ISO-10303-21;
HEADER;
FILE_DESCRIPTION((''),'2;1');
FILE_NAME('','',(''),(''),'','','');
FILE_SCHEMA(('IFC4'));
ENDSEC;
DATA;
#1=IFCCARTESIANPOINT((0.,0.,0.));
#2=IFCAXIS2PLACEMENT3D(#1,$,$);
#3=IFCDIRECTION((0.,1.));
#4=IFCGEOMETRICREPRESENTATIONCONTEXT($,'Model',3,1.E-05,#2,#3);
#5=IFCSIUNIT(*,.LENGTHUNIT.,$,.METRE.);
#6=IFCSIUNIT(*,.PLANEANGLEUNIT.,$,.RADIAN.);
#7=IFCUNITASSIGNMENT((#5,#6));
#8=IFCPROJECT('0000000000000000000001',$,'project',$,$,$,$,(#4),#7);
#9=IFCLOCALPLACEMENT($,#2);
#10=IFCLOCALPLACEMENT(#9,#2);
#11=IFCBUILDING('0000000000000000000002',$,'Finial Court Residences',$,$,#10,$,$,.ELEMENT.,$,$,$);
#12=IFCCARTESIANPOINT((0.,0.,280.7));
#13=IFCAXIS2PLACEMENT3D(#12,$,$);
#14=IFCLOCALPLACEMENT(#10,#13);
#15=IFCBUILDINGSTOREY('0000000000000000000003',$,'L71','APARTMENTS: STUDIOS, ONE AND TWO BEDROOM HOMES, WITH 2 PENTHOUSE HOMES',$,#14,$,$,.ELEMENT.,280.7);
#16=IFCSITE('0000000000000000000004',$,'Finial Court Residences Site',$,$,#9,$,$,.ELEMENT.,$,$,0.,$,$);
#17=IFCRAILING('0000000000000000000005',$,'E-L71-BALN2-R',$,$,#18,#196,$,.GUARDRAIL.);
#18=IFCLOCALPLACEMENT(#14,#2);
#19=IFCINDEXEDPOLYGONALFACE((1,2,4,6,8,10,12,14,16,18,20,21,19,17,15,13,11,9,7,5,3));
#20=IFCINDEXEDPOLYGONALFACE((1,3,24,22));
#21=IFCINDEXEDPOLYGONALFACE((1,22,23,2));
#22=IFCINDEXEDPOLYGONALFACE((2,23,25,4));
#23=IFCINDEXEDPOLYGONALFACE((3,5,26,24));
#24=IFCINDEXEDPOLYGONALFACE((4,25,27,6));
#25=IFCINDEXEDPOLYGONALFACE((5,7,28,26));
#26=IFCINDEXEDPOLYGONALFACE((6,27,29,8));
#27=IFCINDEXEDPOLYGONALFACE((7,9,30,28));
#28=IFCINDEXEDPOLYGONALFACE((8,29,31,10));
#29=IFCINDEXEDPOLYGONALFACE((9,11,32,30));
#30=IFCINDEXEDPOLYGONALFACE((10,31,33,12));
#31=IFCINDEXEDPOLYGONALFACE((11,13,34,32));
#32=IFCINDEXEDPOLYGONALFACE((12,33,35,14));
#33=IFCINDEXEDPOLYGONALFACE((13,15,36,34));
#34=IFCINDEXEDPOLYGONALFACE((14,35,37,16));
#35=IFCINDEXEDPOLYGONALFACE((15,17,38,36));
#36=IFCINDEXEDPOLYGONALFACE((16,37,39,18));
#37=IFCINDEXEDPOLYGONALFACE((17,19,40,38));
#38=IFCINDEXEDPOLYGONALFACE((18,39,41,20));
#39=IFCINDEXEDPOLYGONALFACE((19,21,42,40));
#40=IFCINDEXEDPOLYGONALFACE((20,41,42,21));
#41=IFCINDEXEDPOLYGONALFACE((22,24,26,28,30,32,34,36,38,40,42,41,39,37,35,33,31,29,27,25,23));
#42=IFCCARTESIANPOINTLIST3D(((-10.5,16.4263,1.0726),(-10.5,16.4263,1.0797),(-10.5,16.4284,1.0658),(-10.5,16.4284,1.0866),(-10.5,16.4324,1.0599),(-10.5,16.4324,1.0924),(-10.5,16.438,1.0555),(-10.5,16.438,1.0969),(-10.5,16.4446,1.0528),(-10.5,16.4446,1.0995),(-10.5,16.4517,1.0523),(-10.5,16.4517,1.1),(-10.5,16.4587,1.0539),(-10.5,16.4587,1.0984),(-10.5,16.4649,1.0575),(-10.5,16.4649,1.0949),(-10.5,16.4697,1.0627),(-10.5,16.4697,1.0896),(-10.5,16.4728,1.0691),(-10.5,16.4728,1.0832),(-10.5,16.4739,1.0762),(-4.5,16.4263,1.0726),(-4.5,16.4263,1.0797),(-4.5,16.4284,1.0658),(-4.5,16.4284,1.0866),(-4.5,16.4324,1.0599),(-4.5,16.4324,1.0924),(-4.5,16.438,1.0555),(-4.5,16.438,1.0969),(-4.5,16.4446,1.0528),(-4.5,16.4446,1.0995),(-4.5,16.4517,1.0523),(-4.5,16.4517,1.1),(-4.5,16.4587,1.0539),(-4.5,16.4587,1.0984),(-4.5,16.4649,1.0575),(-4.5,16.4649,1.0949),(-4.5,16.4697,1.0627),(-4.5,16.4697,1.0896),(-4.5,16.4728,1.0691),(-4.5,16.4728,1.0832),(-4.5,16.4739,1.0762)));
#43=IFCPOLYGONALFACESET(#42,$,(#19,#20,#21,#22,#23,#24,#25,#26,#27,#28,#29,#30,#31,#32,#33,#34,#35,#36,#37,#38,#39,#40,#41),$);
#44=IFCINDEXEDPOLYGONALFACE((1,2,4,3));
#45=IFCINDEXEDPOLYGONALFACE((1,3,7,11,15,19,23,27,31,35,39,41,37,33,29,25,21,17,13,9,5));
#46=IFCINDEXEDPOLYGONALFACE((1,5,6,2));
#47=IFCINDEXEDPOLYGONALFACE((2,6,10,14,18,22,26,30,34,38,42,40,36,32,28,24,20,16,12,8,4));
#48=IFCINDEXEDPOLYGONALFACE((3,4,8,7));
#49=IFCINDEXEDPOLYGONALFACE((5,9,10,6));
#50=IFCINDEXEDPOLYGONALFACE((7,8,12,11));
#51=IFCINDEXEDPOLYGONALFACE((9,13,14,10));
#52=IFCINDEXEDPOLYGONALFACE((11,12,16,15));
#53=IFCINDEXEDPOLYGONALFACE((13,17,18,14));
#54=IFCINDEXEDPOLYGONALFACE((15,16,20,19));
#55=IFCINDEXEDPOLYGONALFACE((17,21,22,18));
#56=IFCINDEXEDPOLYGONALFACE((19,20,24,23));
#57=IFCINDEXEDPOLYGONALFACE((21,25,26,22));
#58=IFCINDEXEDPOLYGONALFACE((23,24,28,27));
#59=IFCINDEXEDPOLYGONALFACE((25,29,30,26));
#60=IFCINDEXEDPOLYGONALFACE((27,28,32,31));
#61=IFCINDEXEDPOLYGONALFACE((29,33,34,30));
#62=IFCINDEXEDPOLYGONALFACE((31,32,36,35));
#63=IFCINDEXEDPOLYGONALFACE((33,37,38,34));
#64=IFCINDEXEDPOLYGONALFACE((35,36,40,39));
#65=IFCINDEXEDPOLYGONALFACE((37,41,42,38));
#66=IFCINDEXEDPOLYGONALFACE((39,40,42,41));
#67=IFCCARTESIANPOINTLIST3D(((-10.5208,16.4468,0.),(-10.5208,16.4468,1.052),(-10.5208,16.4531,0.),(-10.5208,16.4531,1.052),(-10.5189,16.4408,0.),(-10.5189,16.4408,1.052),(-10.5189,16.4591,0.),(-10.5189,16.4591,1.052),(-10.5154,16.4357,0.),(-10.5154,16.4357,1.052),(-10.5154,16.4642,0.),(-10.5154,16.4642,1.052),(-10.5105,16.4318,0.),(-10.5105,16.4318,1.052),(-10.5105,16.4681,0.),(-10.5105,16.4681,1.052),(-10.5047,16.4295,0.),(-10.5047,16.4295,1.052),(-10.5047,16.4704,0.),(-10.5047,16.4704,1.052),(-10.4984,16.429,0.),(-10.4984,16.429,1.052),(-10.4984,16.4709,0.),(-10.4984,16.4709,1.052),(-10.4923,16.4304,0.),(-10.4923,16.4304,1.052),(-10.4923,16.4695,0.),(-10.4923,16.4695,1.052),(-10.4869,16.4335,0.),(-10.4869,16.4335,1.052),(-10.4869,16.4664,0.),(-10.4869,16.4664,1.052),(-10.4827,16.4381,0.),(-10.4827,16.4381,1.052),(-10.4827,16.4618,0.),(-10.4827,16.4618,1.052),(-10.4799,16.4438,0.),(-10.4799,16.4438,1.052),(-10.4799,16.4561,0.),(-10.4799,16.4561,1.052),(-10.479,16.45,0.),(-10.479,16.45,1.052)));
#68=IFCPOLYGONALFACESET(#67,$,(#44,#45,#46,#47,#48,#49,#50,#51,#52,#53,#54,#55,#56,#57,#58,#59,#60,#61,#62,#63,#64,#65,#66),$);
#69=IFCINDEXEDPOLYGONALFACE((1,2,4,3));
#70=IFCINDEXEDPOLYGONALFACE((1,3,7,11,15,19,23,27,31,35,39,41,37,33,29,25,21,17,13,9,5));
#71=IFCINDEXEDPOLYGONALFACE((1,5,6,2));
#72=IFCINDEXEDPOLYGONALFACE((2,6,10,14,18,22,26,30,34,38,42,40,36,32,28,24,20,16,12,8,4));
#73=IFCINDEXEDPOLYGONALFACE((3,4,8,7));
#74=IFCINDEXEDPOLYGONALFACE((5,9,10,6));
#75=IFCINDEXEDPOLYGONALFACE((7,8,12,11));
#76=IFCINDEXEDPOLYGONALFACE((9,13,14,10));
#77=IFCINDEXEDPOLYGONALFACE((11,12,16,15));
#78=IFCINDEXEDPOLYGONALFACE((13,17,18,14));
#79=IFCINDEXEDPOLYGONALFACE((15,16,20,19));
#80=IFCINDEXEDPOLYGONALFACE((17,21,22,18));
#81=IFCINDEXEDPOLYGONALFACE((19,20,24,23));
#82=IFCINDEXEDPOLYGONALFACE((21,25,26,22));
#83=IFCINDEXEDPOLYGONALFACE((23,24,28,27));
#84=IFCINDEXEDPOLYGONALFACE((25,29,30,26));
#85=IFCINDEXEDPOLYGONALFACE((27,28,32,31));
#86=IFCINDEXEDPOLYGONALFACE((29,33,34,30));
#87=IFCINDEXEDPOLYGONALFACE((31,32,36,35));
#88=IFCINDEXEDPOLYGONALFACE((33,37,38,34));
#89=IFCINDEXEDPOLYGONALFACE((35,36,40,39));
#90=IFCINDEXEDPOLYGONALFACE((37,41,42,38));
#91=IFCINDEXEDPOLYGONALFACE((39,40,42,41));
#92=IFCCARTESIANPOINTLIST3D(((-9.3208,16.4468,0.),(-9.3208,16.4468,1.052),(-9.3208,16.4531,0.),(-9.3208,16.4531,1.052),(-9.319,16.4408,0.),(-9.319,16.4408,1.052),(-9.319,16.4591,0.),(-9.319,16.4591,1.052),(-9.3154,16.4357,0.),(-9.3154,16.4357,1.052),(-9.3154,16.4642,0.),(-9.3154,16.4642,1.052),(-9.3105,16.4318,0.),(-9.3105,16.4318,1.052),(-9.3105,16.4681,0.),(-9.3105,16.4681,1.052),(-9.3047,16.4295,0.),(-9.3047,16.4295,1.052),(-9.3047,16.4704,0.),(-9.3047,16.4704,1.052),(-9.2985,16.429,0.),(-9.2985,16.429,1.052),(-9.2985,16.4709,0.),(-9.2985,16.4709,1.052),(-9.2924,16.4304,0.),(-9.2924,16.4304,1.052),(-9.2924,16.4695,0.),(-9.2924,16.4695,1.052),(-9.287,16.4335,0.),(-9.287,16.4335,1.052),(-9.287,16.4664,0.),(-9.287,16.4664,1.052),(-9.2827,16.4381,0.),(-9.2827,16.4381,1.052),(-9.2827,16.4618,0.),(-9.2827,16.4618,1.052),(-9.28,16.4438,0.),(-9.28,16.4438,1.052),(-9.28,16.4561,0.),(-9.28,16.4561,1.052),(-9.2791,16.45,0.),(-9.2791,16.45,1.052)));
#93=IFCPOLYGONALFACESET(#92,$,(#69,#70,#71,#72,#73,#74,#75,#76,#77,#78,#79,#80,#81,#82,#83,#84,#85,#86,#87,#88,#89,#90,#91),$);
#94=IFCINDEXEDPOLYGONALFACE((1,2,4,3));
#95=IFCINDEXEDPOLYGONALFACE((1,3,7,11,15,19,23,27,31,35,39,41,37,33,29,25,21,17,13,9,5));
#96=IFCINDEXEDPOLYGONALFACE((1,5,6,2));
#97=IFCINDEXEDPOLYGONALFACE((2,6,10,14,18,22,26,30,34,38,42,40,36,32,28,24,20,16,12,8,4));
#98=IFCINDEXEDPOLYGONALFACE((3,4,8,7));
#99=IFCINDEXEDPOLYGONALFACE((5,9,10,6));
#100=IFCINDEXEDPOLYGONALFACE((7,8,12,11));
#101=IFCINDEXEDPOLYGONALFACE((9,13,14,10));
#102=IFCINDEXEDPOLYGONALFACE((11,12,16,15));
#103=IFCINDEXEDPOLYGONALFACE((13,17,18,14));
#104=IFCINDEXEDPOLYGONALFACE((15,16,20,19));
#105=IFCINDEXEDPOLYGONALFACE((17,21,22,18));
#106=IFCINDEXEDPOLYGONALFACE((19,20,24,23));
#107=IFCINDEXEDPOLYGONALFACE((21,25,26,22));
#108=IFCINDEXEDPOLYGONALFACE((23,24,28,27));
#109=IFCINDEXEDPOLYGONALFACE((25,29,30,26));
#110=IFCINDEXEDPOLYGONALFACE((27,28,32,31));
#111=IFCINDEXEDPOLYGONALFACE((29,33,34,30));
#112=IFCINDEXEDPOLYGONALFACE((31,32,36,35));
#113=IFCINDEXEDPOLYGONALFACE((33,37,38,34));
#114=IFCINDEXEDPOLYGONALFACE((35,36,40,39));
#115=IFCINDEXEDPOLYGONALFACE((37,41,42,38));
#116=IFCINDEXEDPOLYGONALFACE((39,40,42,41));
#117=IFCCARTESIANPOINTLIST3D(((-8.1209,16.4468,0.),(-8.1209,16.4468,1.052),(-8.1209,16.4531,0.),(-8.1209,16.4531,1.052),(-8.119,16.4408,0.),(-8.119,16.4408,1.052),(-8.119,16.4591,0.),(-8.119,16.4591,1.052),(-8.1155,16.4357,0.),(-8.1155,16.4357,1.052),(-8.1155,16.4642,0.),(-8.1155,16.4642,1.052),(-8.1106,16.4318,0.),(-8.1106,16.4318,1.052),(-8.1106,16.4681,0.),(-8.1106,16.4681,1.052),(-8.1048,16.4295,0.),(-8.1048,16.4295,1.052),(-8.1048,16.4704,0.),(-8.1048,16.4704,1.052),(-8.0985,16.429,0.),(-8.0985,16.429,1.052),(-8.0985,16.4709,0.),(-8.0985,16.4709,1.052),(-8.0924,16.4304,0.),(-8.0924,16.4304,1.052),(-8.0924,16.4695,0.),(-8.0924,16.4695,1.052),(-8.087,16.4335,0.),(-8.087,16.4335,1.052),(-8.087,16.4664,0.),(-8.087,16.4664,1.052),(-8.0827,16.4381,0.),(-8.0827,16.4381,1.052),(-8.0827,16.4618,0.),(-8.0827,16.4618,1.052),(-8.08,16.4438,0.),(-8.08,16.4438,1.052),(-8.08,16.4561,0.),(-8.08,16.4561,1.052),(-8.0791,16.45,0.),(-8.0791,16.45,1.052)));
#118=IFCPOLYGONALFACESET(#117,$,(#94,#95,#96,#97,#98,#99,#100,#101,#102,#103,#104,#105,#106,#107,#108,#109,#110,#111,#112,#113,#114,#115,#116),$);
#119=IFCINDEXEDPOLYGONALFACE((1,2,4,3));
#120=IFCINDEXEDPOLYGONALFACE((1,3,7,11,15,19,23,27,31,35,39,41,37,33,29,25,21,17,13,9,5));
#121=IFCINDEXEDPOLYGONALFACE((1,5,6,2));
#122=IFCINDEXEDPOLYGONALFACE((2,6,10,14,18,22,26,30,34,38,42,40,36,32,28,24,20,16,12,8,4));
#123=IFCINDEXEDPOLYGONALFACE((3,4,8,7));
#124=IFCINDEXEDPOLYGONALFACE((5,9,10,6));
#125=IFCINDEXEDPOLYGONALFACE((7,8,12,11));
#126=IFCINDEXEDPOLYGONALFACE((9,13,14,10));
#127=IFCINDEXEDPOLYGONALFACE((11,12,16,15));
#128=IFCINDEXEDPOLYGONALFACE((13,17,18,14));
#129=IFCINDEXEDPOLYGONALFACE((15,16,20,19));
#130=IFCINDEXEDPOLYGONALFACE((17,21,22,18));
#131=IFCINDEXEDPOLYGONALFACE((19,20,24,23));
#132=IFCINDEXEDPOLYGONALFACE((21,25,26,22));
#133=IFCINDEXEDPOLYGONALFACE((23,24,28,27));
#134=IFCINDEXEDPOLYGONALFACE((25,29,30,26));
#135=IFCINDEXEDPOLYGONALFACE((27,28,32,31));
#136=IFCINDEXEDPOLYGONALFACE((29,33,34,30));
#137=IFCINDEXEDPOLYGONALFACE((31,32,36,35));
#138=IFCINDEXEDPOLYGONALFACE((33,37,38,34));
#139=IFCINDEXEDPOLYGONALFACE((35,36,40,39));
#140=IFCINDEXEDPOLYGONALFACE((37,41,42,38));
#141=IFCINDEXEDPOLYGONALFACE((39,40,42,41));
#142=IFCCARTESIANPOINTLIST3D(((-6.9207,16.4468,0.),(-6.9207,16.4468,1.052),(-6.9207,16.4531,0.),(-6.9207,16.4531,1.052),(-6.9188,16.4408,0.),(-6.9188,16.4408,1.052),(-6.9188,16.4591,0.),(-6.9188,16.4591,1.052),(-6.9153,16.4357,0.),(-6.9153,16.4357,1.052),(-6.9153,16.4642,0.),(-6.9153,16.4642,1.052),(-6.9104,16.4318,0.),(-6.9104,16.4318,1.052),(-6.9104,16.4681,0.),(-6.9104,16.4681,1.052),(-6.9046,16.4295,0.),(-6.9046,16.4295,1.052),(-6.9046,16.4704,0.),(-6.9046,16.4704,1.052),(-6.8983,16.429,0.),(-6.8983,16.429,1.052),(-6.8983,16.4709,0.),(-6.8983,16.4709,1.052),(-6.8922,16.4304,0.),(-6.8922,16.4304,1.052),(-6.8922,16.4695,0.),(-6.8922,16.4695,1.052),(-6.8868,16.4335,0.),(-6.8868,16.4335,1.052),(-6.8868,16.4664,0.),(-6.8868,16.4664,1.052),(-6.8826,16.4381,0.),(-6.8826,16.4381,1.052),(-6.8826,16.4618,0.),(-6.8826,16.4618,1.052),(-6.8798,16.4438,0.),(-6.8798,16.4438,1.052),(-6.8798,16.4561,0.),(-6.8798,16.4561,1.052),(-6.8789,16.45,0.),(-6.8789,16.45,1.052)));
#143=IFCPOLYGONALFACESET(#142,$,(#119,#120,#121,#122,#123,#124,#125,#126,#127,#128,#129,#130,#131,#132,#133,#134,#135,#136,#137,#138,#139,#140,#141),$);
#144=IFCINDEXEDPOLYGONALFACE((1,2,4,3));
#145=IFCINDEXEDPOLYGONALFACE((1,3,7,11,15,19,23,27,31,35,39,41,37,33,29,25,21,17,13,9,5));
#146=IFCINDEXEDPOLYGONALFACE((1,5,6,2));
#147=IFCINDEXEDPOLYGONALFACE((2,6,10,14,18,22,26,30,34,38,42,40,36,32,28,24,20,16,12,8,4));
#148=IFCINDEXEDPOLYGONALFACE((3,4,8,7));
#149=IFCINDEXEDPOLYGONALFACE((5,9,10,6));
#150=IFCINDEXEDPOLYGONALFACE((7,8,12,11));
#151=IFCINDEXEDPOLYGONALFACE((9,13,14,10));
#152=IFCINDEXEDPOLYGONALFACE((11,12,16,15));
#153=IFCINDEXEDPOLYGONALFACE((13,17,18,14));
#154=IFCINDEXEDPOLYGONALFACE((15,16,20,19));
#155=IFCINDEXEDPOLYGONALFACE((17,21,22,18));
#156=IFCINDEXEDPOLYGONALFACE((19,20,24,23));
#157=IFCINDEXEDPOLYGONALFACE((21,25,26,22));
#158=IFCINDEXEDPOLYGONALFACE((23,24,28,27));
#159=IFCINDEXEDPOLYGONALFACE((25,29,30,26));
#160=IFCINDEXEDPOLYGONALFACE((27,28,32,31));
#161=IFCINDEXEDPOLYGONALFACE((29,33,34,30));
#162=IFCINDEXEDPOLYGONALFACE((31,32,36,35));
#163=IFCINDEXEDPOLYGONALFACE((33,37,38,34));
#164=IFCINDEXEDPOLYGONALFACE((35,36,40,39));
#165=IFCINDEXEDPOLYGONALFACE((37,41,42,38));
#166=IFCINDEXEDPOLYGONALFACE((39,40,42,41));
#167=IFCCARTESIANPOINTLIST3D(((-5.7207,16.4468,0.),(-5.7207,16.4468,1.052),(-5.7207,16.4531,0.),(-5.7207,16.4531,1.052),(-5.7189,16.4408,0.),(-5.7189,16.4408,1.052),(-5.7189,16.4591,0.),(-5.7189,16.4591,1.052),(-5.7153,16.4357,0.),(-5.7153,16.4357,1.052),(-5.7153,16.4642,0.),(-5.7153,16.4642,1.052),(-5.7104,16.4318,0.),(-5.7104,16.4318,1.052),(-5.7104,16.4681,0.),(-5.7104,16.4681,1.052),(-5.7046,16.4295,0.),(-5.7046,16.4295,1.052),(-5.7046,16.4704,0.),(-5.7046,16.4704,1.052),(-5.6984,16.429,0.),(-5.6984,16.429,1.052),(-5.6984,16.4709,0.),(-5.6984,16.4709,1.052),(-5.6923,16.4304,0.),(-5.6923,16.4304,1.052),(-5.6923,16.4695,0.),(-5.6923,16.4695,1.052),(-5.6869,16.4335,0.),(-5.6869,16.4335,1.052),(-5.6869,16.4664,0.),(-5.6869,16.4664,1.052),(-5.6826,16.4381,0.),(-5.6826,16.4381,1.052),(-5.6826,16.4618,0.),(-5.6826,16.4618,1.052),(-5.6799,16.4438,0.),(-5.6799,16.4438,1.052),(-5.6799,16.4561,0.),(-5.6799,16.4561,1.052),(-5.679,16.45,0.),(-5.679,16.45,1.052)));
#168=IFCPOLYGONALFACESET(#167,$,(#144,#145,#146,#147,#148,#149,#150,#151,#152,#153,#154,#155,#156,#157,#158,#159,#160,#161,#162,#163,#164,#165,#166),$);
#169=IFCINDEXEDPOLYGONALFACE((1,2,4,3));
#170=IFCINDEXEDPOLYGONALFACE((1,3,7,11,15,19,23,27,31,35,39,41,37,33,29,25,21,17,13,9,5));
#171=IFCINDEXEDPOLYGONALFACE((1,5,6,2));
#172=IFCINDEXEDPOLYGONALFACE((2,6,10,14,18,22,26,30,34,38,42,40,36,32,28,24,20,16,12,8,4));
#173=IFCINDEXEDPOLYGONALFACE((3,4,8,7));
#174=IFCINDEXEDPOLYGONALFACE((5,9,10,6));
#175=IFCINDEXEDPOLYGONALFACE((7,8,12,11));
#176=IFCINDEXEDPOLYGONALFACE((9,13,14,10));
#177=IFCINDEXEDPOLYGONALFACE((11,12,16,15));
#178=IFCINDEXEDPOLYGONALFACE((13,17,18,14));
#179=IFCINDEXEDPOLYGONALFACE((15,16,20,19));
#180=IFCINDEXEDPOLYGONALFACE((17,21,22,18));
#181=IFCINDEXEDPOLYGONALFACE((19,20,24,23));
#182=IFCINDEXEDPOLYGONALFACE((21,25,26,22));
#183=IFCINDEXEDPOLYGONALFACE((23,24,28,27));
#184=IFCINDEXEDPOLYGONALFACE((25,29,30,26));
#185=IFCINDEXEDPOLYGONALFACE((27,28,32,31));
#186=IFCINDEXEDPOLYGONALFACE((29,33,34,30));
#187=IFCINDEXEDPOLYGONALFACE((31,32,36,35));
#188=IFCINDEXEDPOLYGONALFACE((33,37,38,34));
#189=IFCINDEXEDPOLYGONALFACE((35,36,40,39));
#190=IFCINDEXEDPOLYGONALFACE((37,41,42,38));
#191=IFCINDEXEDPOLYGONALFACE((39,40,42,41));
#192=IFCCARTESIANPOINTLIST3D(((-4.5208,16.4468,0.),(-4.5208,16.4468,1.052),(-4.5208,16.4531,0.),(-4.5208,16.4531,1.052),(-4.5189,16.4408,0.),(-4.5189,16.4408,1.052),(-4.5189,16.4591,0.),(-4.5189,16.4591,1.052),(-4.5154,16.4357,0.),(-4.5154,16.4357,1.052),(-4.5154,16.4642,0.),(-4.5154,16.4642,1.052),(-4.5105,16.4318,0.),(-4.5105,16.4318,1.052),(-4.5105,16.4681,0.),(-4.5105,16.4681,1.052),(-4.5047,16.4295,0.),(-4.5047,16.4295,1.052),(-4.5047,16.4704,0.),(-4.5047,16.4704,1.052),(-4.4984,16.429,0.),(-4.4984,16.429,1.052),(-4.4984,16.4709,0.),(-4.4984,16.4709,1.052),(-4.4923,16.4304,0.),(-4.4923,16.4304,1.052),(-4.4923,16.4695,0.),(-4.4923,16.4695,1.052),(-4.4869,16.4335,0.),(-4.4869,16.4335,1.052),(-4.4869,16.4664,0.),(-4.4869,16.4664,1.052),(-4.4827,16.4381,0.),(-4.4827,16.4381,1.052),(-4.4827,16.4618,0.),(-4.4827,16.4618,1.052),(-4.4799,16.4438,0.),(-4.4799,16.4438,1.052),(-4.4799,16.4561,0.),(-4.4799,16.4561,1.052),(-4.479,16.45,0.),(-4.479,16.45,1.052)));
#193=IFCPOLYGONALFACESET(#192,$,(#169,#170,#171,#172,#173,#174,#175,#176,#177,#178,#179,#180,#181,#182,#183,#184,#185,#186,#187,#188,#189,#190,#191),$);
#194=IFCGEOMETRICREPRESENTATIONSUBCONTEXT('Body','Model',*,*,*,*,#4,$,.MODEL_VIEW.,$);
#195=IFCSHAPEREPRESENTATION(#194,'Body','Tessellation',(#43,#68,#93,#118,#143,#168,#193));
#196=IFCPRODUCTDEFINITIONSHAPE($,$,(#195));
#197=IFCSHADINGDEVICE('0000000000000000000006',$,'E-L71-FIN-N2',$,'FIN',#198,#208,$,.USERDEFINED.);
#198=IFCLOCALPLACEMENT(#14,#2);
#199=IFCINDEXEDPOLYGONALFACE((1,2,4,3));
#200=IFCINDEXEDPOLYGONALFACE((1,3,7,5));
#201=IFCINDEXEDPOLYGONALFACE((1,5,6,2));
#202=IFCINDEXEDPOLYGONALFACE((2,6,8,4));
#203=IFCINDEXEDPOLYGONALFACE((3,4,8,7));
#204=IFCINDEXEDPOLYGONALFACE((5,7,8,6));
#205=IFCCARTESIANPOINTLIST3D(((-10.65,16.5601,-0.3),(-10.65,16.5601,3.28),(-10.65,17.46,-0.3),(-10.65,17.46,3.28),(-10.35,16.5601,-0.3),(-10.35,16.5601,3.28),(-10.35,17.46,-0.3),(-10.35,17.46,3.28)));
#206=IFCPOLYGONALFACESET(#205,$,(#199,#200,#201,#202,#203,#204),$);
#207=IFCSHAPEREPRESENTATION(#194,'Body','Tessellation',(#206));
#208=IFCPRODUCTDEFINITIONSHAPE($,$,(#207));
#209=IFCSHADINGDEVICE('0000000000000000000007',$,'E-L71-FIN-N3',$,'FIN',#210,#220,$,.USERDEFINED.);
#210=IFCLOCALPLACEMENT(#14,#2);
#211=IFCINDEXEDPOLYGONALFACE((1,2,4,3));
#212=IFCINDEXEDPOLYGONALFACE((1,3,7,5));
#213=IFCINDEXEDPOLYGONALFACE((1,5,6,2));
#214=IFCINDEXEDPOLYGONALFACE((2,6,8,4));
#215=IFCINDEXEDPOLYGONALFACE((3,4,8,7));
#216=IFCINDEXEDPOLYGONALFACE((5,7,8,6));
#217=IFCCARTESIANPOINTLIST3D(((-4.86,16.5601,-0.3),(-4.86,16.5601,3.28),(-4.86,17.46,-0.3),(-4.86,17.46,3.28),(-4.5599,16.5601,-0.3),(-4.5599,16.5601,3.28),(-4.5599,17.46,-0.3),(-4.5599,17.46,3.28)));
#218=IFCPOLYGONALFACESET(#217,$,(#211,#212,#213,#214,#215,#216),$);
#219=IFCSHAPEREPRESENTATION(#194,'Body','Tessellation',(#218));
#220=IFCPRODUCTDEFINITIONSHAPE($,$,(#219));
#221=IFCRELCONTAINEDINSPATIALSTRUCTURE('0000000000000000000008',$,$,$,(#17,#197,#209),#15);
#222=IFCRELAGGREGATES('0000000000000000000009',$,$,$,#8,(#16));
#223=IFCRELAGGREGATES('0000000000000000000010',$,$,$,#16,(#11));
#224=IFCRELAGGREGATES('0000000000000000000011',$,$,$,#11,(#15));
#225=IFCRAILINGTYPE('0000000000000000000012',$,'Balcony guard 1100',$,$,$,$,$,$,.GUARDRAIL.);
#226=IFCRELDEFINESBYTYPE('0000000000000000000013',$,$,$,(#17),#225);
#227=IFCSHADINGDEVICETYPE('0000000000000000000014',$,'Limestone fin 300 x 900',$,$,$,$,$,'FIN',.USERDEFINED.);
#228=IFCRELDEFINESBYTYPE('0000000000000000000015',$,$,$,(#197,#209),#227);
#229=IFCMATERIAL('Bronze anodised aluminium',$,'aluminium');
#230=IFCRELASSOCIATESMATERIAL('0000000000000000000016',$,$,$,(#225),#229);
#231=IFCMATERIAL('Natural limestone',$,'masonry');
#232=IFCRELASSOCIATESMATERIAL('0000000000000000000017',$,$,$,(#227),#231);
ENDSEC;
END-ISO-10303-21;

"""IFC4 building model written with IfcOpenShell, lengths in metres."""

from ifc_helpers import new_model, si_unit, direction, frame, origin, origin_2d, place, context, subcontext, project, spatial, rectangle, circle, extrude, material, type_object, element, save


model = new_model("IFC4")

# Units and contexts
model_context = context("Model", 3, precision=1e-05, world=origin(), true_north=direction((0.0, 1.0)))
body_context = subcontext(model_context, "Body", "Model", "MODEL_VIEW")
ifc_project = project(units=[si_unit("LENGTHUNIT", "METRE"), si_unit("PLANEANGLEUNIT", "RADIAN")], contexts=[model_context])

# Site, building, storey
site_placement = place(None, origin())
site = spatial("IfcSite", under=ifc_project, at=site_placement, Name="Finial Court Residences Site", CompositionType="ELEMENT", RefElevation=0.0)
building_placement = place(site_placement, origin())
building = spatial("IfcBuilding", under=site, at=building_placement, Name="Finial Court Residences", CompositionType="ELEMENT")
storey_placement = place(building_placement, frame((0.0, 0.0, 280.7)))
storey = spatial("IfcBuildingStorey", under=building, at=storey_placement, Name="L71", Description="APARTMENTS: STUDIOS, ONE AND TWO BEDROOM HOMES, WITH 2 PENTHOUSE HOMES", CompositionType="ELEMENT", Elevation=280.7)

# Shared definitions
ifc_material_1 = material(Name="Bronze anodised aluminium", Category="aluminium")

# Shared definitions
ifc_material_2 = material(Name="Natural limestone", Category="masonry")

# Railing
railing_type = type_object("IfcRailingType", Name="Balcony guard 1100", PredefinedType="GUARDRAIL", material=ifc_material_1)
railing_placement = place(storey_placement, frame((-10.5, 16.45, 0.0)))
element("IfcRailing", 1, at=railing_placement, inside=storey, type_object=railing_type, Name="E-L71-BALN2-R", PredefinedType="GUARDRAIL", context=body_context, shape_type="SweptSolid", body=[
    extrude(circle(Radius=0.0239, at=origin_2d()), frame((0.0, 0.0, 1.0762), z_axis=(1.0, 0.0, 0.0), x_axis=(0.0, 1.0, 0.0)), (0.0, 0.0, 1.0), 6.0),
    extrude(circle(Radius=0.021, at=origin_2d()), origin(), (0.0, 0.0, 1.0), 1.052),
    extrude(circle(Radius=0.021, at=origin_2d()), frame((1.2, 0.0, 0.0)), (0.0, 0.0, 1.0), 1.052),
    extrude(circle(Radius=0.021, at=origin_2d()), frame((2.3999, 0.0, 0.0)), (0.0, 0.0, 1.0), 1.052),
    extrude(circle(Radius=0.021, at=origin_2d()), frame((3.6001, 0.0, 0.0)), (0.0, 0.0, 1.0), 1.052),
    extrude(circle(Radius=0.021, at=origin_2d()), frame((4.8, 0.0, 0.0)), (0.0, 0.0, 1.0), 1.052),
    extrude(circle(Radius=0.021, at=origin_2d()), frame((6.0, 0.0, 0.0)), (0.0, 0.0, 1.0), 1.052),
])

# Shading devices
shading_device_type = type_object("IfcShadingDeviceType", Name="Limestone fin 300 x 900", ElementType="FIN", PredefinedType="USERDEFINED", material=ifc_material_2)
for number, where, z_axis, x_axis, name in (
    (2, (-10.5, 17.01, -0.3), (0.0, 0.0, 1.0), (1.0, 0.0, 0.0), "E-L71-FIN-N2"),
    (3, (-4.71, 17.01, -0.3), (0.0, 0.0, 1.0), (1.0, 0.0, 0.0), "E-L71-FIN-N3"),
):
    element("IfcShadingDevice", number, at=place(storey_placement, frame(where, z_axis=z_axis, x_axis=x_axis)), inside=storey, type_object=shading_device_type, Name=name, ObjectType="FIN", PredefinedType="USERDEFINED", context=body_context, shape_type="SweptSolid", body=[
        extrude(rectangle(XDim=0.3, YDim=0.8999, at=origin_2d()), origin(), (0.0, 0.0, 1.0), 3.5801),
    ])

save(model, "model.ifc")
